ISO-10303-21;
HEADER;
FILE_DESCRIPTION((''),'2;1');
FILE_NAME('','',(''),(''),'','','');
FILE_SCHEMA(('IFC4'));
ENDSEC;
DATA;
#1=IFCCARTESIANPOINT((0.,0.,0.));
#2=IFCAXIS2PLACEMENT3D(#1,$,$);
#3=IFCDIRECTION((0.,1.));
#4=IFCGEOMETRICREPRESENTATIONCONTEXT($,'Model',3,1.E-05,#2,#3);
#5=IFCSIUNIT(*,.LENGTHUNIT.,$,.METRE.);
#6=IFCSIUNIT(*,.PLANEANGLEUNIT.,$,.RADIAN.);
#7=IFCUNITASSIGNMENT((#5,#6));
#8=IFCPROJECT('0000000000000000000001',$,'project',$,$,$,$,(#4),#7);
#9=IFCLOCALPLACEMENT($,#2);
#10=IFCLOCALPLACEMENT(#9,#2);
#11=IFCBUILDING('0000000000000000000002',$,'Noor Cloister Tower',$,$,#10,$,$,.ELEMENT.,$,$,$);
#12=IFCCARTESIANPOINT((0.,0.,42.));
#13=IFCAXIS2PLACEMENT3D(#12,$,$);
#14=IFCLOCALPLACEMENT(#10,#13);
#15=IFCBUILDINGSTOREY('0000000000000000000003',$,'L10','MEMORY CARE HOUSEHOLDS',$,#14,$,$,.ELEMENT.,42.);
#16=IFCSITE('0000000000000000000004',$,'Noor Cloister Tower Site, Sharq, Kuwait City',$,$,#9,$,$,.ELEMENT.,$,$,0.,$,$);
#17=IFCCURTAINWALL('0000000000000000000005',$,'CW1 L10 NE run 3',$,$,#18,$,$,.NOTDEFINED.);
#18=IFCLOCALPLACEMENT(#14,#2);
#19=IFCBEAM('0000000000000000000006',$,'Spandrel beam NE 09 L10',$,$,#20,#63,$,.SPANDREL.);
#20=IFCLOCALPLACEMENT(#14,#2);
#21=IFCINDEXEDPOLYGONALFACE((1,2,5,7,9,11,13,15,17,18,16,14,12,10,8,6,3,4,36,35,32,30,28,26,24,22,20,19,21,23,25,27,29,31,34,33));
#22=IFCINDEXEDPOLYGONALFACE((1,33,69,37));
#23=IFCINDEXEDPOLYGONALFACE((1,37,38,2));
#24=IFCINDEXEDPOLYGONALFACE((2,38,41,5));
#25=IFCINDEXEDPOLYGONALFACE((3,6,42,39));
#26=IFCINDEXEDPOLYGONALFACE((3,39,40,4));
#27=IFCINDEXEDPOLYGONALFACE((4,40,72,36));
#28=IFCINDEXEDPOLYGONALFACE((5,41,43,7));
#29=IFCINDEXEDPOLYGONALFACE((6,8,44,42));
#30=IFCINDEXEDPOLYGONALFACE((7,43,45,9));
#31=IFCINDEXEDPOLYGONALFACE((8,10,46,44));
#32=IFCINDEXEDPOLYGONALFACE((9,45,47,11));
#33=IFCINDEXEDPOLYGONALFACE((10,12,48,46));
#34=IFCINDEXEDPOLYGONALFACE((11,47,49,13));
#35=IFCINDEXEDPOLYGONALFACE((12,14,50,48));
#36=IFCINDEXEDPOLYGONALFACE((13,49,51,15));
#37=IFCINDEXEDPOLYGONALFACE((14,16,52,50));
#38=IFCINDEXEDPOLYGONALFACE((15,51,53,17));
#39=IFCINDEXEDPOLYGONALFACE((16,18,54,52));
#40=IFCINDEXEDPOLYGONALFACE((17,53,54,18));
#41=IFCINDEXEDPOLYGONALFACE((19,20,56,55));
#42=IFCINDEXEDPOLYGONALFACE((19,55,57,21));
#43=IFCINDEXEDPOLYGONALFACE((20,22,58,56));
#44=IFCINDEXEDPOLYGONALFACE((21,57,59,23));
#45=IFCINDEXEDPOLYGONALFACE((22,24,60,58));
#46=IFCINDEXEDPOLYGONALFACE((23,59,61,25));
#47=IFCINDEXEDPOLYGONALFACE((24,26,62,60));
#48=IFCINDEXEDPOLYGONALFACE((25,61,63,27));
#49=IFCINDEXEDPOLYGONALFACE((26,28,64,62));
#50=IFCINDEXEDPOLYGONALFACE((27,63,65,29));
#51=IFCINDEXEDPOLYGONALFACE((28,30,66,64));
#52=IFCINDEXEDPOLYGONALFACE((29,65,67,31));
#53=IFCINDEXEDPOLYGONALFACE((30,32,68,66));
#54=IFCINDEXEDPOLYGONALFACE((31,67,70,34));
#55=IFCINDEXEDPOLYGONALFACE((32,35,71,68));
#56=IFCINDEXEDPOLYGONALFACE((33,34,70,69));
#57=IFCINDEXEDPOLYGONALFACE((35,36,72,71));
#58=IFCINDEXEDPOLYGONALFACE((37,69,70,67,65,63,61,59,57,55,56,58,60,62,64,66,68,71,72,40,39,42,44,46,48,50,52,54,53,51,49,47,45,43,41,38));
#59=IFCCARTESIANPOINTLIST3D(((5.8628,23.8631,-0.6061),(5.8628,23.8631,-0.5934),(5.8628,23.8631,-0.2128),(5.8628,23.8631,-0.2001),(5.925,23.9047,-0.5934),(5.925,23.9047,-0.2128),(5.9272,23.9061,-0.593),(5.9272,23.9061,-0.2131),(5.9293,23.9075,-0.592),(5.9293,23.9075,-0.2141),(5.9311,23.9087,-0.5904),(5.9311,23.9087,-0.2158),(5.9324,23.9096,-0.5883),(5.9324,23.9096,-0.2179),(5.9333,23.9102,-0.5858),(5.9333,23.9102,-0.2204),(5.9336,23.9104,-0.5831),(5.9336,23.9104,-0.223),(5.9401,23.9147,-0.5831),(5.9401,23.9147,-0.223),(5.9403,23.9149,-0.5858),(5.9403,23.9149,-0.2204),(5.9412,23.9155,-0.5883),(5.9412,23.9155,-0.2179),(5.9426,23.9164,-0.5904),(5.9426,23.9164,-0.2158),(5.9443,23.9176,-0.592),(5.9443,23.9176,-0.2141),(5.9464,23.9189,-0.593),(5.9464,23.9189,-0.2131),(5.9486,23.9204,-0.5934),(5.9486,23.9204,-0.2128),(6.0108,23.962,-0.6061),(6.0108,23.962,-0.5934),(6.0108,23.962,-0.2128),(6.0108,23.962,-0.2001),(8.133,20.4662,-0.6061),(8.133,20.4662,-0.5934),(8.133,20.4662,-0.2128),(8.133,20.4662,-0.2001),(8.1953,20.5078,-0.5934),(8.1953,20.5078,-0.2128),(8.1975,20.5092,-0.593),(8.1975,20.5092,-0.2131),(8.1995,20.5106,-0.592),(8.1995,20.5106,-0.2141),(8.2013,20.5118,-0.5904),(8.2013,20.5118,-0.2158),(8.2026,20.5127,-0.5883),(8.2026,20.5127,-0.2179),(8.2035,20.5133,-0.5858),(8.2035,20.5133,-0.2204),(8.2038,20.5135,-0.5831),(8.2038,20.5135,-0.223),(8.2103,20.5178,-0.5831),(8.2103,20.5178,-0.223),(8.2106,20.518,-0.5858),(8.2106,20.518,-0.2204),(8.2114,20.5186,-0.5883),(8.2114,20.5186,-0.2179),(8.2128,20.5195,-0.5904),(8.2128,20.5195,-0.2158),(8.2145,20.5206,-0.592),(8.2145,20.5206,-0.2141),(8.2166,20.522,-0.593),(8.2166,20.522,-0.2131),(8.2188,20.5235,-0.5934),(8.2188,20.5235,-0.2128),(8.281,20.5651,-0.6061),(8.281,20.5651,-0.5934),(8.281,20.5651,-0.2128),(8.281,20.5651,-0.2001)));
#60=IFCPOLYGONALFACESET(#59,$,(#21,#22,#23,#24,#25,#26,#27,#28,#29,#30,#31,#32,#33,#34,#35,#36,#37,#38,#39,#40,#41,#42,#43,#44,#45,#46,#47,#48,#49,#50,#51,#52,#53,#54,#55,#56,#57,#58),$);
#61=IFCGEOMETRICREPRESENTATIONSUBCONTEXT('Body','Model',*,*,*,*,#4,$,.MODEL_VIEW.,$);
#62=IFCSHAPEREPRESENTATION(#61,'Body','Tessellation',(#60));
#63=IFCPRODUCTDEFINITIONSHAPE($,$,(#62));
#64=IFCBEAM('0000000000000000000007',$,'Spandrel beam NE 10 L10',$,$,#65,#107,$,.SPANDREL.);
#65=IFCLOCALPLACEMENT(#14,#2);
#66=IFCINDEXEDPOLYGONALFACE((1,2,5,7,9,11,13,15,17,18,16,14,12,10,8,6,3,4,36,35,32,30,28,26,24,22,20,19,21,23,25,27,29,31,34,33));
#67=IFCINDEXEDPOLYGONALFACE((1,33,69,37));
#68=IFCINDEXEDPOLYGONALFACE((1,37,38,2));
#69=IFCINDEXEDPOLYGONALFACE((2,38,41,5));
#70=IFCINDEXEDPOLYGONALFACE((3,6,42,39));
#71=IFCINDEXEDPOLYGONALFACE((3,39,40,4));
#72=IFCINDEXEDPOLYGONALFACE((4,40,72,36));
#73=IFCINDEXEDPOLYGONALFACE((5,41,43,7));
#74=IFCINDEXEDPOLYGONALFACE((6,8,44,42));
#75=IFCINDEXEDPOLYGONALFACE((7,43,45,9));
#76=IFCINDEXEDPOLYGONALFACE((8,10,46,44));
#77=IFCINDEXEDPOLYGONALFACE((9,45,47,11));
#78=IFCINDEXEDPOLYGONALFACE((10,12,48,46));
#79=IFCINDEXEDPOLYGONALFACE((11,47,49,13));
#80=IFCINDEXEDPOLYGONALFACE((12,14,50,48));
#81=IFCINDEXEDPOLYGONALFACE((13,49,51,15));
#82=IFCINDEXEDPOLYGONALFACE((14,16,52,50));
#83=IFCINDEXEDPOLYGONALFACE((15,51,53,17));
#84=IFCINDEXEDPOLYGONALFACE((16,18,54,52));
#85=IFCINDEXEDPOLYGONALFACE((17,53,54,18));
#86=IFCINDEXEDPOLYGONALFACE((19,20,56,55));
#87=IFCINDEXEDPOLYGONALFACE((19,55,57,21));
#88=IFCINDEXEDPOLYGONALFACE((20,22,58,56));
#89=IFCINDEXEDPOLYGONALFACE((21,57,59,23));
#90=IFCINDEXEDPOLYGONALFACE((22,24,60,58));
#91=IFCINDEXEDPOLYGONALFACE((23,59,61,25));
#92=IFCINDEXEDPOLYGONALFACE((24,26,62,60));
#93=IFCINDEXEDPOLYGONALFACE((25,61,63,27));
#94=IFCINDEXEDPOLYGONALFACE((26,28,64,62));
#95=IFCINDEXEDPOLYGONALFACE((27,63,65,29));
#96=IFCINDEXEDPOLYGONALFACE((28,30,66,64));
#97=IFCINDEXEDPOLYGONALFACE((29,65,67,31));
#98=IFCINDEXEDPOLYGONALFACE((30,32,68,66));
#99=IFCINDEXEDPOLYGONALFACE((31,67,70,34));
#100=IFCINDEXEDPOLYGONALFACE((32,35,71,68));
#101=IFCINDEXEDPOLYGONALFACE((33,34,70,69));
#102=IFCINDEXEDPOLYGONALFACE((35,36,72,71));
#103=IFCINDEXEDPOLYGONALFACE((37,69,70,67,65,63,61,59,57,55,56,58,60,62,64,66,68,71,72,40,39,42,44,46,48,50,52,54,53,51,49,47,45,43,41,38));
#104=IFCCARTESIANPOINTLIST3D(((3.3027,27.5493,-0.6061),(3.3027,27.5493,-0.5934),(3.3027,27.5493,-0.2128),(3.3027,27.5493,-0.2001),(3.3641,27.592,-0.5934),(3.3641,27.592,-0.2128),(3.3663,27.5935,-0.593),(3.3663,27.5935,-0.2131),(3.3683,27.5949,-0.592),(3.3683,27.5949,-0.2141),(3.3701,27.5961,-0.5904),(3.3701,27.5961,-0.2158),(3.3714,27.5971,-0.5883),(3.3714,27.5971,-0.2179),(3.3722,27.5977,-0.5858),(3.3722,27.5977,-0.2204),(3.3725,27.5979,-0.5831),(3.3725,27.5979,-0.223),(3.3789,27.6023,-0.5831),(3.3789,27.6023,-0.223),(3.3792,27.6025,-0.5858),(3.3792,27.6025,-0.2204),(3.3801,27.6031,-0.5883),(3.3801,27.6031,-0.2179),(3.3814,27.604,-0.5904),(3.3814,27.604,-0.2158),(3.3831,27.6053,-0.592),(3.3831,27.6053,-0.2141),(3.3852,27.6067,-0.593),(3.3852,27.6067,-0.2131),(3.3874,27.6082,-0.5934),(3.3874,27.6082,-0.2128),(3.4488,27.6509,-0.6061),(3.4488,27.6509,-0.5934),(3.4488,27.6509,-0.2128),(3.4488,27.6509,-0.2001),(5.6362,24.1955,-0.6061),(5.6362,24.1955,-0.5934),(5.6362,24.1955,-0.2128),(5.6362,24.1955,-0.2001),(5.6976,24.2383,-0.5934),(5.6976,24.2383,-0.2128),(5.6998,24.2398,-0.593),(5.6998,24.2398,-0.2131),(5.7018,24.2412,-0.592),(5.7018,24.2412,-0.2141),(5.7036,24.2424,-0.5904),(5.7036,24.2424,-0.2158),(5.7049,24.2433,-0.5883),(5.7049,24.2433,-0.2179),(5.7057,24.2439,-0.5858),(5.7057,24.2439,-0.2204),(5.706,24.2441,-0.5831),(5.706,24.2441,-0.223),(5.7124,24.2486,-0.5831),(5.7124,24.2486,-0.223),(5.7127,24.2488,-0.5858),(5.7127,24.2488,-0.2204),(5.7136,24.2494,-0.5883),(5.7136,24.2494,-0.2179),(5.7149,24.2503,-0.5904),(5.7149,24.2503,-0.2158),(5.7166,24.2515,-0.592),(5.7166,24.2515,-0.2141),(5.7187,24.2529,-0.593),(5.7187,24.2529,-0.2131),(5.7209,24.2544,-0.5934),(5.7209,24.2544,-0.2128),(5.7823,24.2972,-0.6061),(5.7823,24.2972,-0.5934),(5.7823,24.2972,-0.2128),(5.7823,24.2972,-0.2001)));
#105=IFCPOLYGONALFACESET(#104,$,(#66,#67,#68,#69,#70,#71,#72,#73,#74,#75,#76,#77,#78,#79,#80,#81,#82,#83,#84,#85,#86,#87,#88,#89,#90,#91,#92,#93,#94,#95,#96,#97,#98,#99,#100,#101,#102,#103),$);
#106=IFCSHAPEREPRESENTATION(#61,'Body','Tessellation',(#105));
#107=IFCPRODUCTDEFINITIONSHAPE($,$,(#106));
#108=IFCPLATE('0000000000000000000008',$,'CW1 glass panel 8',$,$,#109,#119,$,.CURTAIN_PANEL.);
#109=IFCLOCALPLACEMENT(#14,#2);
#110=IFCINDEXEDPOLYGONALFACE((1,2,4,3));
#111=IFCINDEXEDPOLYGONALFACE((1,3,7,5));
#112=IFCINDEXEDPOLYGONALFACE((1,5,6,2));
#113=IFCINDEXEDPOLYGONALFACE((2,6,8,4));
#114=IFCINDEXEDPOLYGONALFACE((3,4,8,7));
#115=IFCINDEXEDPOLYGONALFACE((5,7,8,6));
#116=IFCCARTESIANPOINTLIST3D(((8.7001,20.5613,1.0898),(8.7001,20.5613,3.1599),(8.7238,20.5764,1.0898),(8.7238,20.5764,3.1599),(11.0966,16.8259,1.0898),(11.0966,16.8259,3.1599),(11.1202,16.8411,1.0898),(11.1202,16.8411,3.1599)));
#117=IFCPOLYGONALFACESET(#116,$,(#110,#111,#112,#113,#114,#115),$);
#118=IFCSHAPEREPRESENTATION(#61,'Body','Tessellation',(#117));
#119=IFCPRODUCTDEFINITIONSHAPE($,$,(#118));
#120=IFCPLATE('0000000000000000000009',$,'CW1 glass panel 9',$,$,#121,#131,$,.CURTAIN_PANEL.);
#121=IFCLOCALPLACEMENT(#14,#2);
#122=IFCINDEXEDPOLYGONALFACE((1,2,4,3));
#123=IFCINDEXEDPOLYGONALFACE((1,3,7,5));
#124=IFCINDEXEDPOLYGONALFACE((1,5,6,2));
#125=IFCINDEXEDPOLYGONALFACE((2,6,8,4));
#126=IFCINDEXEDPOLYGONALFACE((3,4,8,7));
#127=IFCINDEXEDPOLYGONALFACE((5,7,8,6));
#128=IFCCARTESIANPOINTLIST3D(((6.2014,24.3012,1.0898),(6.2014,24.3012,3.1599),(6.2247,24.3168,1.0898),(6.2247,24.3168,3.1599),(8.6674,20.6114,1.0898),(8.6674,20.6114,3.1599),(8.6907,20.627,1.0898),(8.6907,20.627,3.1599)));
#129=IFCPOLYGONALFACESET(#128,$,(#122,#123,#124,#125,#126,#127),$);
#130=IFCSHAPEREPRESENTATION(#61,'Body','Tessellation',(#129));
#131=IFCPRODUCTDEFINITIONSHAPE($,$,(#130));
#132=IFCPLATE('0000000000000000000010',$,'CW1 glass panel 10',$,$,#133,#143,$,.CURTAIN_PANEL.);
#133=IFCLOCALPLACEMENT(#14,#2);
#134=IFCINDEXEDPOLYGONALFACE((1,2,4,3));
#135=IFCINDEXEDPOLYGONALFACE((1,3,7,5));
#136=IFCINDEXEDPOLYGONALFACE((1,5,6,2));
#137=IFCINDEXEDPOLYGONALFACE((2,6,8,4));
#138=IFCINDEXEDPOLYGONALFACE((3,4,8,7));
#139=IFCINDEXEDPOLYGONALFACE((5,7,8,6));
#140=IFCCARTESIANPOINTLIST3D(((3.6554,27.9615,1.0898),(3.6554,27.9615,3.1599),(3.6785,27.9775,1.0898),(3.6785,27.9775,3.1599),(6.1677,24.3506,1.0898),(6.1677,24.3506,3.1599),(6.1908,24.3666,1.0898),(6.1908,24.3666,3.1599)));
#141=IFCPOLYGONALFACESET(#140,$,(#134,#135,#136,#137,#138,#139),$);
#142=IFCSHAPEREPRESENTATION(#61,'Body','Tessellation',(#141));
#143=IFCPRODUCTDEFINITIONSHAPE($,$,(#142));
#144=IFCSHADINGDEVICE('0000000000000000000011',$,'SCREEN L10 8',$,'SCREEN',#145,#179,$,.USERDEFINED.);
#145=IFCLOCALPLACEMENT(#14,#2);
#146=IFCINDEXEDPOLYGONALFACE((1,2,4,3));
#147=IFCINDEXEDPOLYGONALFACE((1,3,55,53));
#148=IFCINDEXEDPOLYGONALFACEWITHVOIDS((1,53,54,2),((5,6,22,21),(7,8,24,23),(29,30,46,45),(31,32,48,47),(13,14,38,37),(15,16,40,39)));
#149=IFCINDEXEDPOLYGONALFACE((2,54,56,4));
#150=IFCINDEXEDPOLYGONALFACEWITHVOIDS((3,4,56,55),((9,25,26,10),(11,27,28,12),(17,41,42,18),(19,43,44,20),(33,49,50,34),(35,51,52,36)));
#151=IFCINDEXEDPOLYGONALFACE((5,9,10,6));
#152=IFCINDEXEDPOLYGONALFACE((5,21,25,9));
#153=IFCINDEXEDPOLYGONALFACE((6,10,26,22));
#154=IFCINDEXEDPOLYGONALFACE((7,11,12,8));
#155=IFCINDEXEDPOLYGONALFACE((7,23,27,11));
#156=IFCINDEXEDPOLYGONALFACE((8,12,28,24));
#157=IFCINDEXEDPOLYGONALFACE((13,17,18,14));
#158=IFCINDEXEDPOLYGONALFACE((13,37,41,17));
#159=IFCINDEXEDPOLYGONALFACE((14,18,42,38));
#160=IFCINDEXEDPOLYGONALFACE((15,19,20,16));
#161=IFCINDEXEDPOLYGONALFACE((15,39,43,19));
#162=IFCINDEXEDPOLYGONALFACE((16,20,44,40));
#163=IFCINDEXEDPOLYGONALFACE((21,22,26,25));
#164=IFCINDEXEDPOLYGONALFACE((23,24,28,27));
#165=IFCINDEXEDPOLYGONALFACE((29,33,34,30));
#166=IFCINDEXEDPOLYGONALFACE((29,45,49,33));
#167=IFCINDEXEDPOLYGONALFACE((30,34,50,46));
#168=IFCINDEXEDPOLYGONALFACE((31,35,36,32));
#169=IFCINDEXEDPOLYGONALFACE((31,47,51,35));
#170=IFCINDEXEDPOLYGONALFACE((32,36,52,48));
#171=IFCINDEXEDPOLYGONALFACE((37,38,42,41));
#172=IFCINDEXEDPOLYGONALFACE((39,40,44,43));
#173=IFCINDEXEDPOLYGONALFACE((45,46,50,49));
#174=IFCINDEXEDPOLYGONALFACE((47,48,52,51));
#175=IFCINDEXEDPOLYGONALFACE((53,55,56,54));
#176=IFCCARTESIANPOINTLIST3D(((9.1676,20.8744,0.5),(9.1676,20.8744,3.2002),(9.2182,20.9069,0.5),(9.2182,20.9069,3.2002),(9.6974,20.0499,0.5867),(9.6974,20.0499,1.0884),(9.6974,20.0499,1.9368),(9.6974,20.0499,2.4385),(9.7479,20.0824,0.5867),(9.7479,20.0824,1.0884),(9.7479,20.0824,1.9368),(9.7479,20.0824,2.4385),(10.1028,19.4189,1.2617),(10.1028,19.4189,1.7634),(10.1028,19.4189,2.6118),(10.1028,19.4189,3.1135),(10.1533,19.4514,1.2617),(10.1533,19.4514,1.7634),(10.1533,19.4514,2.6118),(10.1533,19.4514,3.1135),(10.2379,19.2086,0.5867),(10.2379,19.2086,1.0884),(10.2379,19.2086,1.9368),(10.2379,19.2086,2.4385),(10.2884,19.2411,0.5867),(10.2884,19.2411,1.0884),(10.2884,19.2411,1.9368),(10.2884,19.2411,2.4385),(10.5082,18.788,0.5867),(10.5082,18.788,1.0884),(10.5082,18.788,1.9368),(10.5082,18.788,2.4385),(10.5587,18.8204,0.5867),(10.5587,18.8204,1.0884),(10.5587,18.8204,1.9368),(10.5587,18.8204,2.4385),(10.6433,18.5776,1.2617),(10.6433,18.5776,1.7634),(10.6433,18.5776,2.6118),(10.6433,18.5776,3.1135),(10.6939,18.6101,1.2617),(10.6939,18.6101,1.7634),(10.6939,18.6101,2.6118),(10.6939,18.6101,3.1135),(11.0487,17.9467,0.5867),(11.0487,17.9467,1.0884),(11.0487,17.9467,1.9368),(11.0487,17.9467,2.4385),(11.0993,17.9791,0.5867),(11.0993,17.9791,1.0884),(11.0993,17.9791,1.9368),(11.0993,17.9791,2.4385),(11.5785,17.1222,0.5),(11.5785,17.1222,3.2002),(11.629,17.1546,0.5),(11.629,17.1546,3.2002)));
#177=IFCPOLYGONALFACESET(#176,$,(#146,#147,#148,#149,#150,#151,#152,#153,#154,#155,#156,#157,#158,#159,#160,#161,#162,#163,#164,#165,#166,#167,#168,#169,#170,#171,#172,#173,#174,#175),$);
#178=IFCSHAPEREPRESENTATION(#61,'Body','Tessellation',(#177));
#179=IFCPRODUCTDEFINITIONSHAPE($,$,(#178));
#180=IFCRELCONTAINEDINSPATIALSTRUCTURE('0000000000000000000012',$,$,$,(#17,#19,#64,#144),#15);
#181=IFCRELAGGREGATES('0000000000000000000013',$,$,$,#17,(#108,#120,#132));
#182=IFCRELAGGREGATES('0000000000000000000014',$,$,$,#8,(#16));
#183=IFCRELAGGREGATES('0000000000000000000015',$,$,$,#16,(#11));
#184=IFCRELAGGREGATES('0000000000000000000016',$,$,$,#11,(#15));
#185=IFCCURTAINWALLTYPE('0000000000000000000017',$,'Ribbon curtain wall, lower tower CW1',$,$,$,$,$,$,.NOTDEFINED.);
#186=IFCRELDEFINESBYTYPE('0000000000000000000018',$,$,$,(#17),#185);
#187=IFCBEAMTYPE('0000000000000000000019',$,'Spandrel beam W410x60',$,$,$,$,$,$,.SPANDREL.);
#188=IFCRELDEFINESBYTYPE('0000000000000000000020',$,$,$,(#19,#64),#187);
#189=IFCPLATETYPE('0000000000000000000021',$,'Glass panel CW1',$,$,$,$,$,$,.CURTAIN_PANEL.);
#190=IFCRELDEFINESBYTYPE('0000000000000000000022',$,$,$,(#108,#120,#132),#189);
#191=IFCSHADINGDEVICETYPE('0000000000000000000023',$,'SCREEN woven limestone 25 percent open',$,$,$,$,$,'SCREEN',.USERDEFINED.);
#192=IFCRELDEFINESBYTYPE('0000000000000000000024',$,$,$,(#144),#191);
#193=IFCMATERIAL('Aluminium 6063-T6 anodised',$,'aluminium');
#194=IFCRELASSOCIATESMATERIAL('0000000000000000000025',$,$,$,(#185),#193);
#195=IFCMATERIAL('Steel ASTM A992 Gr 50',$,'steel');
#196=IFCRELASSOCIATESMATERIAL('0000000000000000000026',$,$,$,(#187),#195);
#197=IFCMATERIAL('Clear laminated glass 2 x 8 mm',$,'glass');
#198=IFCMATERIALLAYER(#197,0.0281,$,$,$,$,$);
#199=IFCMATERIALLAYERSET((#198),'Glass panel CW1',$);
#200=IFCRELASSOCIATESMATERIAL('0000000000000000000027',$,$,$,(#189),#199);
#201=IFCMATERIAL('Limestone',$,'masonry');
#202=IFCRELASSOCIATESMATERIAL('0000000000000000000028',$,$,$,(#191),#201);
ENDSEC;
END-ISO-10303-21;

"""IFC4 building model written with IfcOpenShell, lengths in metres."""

from ifc_helpers import new_model, si_unit, direction, frame, origin, origin_2d, place, context, subcontext, project, spatial, polyline, rectangle, i_section, outline, extrude, material, layer, layer_set, material_profile, profile_set, type_object, element, aggregate, save


model = new_model("IFC4")

# Units and contexts
model_context = context("Model", 3, precision=1e-05, world=origin(), true_north=direction((0.0, 1.0)))
body_context = subcontext(model_context, "Body", "Model", "MODEL_VIEW")
ifc_project = project(units=[si_unit("LENGTHUNIT", "METRE"), si_unit("PLANEANGLEUNIT", "RADIAN")], contexts=[model_context])

# Site, building, storey
site_placement = place(None, origin())
site = spatial("IfcSite", under=ifc_project, at=site_placement, Name="Noor Cloister Tower Site, Sharq, Kuwait City", CompositionType="ELEMENT", RefElevation=0.0)
building_placement = place(site_placement, origin())
building = spatial("IfcBuilding", under=site, at=building_placement, Name="Noor Cloister Tower", CompositionType="ELEMENT")
storey_placement = place(building_placement, frame((0.0, 0.0, 42.0)))
storey = spatial("IfcBuildingStorey", under=building, at=storey_placement, Name="L10", Description="MEMORY CARE HOUSEHOLDS", CompositionType="ELEMENT", Elevation=42.0)

# Curtain wall
ifc_material_1 = material(Name="Aluminium 6063-T6 anodised", Category="aluminium")
curtain_wall_type = type_object("IfcCurtainWallType", Name="Ribbon curtain wall, lower tower CW1", PredefinedType="NOTDEFINED", material=ifc_material_1)
curtain_wall_placement = place(storey_placement, origin())
curtain_wall = element("IfcCurtainWall", 1, at=curtain_wall_placement, inside=storey, type_object=curtain_wall_type, Name="CW1 L10 NE run 3", PredefinedType="NOTDEFINED")

# Beams
ifc_material_2 = material(Name="Steel ASTM A992 Gr 50", Category="steel")
ifc_material_profile_1 = material_profile(ifc_material_2, i_section(OverallWidth=0.178, OverallDepth=0.406, WebThickness=0.0078, FlangeThickness=0.0127, FilletRadius=0.0103, at=origin_2d()), Name="W410x60")
ifc_profile_set_1 = profile_set([ifc_material_profile_1], Name="Steel ASTM A992 Gr 50")
beam_type_1 = type_object("IfcBeamType", Name="Spandrel beam W410x60", PredefinedType="SPANDREL", material=ifc_profile_set_1)
for number, where, z_axis, x_axis, name in (
    (2, (8.207, 20.5156, -0.4031), (-0.555651, 0.831415, 0.0), (-0.831415, -0.555651, 0.0), "Spandrel beam NE 09 L10"),
    (3, (5.7092, 24.2463, -0.4031), (-0.571138, 0.820854, 0.0), (-0.820854, -0.571138, 0.0), "Spandrel beam NE 10 L10"),
):
    element("IfcBeam", number, at=place(storey_placement, frame(where, z_axis=z_axis, x_axis=x_axis)), inside=storey, type_object=beam_type_1, Name=name, PredefinedType="SPANDREL", context=body_context, shape_type="SweptSolid", body=[
        extrude(i_section(OverallWidth=0.178, OverallDepth=0.406, WebThickness=0.0078, FlangeThickness=0.0127, FilletRadius=0.0103, at=origin_2d()), origin(), (0.0, 0.0, 1.0), 4.0857),
    ])

# Plates
ifc_material_3 = material(Name="Clear laminated glass 2 x 8 mm", Category="glass")
ifc_layer = layer(ifc_material_3, 0.0281)
ifc_layer_set = layer_set([ifc_layer], Name="Glass panel CW1")
plate_type = type_object("IfcPlateType", Name="Glass panel CW1", PredefinedType="CURTAIN_PANEL", material=ifc_layer_set)
plate_1_placement = place(storey_placement, frame((9.9102, 18.7012, 1.0898), z_axis=(0.0, 0.0, 1.0), x_axis=(-0.539983, 0.841676, 0.0)))
plate_1 = element("IfcPlate", 4, at=plate_1_placement, type_object=plate_type, Name="CW1 glass panel 8", PredefinedType="CURTAIN_PANEL", context=body_context, shape_type="SweptSolid", body=[
    extrude(rectangle(XDim=4.438, YDim=0.0281, at=origin_2d()), origin(), (0.0, 0.0, 1.0), 2.0701),
])
plate_2_placement = place(storey_placement, frame((7.446, 22.4641, 1.0898), z_axis=(0.0, 0.0, 1.0), x_axis=(-0.55565, 0.831416, 0.0)))
plate_2 = element("IfcPlate", 5, at=plate_2_placement, type_object=plate_type, Name="CW1 glass panel 9", PredefinedType="CURTAIN_PANEL", context=body_context, shape_type="SweptSolid", body=[
    extrude(rectangle(XDim=4.438, YDim=0.0281, at=origin_2d()), origin(), (0.0, 0.0, 1.0), 2.0701),
])
plate_3_placement = place(storey_placement, frame((4.9231, 26.1641, 1.0898), z_axis=(0.0, 0.0, 1.0), x_axis=(-0.571122, 0.820865, 0.0)))
plate_3 = element("IfcPlate", 6, at=plate_3_placement, type_object=plate_type, Name="CW1 glass panel 10", PredefinedType="CURTAIN_PANEL", context=body_context, shape_type="SweptSolid", body=[
    extrude(rectangle(XDim=4.3989, YDim=0.0281, at=origin_2d()), origin(), (0.0, 0.0, 1.0), 2.0701),
])
aggregate(curtain_wall, [plate_1, plate_2, plate_3])

# Shading device
ifc_material_4 = material(Name="Limestone", Category="masonry")
ifc_material_profile_2 = material_profile(ifc_material_4, outline(polyline([(-2.23, -1.3501), (2.23, -1.3501), (2.23, 1.3501), (-2.23, 1.3501), (-2.23, -1.3501)]), holes=[polyline([(-1.25, -1.2634), (-0.25, -1.2634), (-0.25, -0.7617), (-1.25, -0.7617), (-1.25, -1.2634)]), polyline([(0.25, -1.2634), (1.25, -1.2634), (1.25, -0.7617), (0.25, -0.7617), (0.25, -1.2634)]), polyline([(-0.5, -0.5884), (0.5, -0.5884), (0.5, -0.0867), (-0.5, -0.0867), (-0.5, -0.5884)]), polyline([(-1.25, 0.0867), (-0.25, 0.0867), (-0.25, 0.5884), (-1.25, 0.5884), (-1.25, 0.0867)]), polyline([(0.25, 0.0867), (1.25, 0.0867), (1.25, 0.5884), (0.25, 0.5884), (0.25, 0.0867)]), polyline([(-0.5, 0.7617), (0.5, 0.7617), (0.5, 1.2634), (-0.5, 1.2634), (-0.5, 0.7617)])]), Name="Woven screen 25 percent open")
ifc_profile_set_2 = profile_set([ifc_material_profile_2], Name="Limestone")
shading_device_type = type_object("IfcShadingDeviceType", Name="SCREEN woven limestone 25 percent open", ElementType="SCREEN", PredefinedType="USERDEFINED", material=ifc_profile_set_2)
shading_device_1_placement = place(storey_placement, frame((10.373, 18.9983, 1.8501), z_axis=(0.841311, 0.540552, 0.0), x_axis=(-0.540552, 0.841311, 0.0)))
element("IfcShadingDevice", 7, at=shading_device_1_placement, inside=storey, type_object=shading_device_type, Name="SCREEN L10 8", ObjectType="SCREEN", PredefinedType="USERDEFINED", context=body_context, shape_type="SweptSolid", body=[
    extrude(outline(polyline([(-2.23, -1.3501), (2.23, -1.3501), (2.23, 1.3501), (-2.23, 1.3501), (-2.23, -1.3501)]), holes=[polyline([(-1.25, -1.2634), (-0.25, -1.2634), (-0.25, -0.7617), (-1.25, -0.7617), (-1.25, -1.2634)]), polyline([(0.25, -1.2634), (1.25, -1.2634), (1.25, -0.7617), (0.25, -0.7617), (0.25, -1.2634)]), polyline([(-0.5, -0.5884), (0.5, -0.5884), (0.5, -0.0867), (-0.5, -0.0867), (-0.5, -0.5884)]), polyline([(-1.25, 0.0867), (-0.25, 0.0867), (-0.25, 0.5884), (-1.25, 0.5884), (-1.25, 0.0867)]), polyline([(0.25, 0.0867), (1.25, 0.0867), (1.25, 0.5884), (0.25, 0.5884), (0.25, 0.0867)]), polyline([(-0.5, 0.7617), (0.5, 0.7617), (0.5, 1.2634), (-0.5, 1.2634), (-0.5, 0.7617)])]), origin(), (0.0, 0.0, 1.0), 0.0601),
])

save(model, "model.ifc")
